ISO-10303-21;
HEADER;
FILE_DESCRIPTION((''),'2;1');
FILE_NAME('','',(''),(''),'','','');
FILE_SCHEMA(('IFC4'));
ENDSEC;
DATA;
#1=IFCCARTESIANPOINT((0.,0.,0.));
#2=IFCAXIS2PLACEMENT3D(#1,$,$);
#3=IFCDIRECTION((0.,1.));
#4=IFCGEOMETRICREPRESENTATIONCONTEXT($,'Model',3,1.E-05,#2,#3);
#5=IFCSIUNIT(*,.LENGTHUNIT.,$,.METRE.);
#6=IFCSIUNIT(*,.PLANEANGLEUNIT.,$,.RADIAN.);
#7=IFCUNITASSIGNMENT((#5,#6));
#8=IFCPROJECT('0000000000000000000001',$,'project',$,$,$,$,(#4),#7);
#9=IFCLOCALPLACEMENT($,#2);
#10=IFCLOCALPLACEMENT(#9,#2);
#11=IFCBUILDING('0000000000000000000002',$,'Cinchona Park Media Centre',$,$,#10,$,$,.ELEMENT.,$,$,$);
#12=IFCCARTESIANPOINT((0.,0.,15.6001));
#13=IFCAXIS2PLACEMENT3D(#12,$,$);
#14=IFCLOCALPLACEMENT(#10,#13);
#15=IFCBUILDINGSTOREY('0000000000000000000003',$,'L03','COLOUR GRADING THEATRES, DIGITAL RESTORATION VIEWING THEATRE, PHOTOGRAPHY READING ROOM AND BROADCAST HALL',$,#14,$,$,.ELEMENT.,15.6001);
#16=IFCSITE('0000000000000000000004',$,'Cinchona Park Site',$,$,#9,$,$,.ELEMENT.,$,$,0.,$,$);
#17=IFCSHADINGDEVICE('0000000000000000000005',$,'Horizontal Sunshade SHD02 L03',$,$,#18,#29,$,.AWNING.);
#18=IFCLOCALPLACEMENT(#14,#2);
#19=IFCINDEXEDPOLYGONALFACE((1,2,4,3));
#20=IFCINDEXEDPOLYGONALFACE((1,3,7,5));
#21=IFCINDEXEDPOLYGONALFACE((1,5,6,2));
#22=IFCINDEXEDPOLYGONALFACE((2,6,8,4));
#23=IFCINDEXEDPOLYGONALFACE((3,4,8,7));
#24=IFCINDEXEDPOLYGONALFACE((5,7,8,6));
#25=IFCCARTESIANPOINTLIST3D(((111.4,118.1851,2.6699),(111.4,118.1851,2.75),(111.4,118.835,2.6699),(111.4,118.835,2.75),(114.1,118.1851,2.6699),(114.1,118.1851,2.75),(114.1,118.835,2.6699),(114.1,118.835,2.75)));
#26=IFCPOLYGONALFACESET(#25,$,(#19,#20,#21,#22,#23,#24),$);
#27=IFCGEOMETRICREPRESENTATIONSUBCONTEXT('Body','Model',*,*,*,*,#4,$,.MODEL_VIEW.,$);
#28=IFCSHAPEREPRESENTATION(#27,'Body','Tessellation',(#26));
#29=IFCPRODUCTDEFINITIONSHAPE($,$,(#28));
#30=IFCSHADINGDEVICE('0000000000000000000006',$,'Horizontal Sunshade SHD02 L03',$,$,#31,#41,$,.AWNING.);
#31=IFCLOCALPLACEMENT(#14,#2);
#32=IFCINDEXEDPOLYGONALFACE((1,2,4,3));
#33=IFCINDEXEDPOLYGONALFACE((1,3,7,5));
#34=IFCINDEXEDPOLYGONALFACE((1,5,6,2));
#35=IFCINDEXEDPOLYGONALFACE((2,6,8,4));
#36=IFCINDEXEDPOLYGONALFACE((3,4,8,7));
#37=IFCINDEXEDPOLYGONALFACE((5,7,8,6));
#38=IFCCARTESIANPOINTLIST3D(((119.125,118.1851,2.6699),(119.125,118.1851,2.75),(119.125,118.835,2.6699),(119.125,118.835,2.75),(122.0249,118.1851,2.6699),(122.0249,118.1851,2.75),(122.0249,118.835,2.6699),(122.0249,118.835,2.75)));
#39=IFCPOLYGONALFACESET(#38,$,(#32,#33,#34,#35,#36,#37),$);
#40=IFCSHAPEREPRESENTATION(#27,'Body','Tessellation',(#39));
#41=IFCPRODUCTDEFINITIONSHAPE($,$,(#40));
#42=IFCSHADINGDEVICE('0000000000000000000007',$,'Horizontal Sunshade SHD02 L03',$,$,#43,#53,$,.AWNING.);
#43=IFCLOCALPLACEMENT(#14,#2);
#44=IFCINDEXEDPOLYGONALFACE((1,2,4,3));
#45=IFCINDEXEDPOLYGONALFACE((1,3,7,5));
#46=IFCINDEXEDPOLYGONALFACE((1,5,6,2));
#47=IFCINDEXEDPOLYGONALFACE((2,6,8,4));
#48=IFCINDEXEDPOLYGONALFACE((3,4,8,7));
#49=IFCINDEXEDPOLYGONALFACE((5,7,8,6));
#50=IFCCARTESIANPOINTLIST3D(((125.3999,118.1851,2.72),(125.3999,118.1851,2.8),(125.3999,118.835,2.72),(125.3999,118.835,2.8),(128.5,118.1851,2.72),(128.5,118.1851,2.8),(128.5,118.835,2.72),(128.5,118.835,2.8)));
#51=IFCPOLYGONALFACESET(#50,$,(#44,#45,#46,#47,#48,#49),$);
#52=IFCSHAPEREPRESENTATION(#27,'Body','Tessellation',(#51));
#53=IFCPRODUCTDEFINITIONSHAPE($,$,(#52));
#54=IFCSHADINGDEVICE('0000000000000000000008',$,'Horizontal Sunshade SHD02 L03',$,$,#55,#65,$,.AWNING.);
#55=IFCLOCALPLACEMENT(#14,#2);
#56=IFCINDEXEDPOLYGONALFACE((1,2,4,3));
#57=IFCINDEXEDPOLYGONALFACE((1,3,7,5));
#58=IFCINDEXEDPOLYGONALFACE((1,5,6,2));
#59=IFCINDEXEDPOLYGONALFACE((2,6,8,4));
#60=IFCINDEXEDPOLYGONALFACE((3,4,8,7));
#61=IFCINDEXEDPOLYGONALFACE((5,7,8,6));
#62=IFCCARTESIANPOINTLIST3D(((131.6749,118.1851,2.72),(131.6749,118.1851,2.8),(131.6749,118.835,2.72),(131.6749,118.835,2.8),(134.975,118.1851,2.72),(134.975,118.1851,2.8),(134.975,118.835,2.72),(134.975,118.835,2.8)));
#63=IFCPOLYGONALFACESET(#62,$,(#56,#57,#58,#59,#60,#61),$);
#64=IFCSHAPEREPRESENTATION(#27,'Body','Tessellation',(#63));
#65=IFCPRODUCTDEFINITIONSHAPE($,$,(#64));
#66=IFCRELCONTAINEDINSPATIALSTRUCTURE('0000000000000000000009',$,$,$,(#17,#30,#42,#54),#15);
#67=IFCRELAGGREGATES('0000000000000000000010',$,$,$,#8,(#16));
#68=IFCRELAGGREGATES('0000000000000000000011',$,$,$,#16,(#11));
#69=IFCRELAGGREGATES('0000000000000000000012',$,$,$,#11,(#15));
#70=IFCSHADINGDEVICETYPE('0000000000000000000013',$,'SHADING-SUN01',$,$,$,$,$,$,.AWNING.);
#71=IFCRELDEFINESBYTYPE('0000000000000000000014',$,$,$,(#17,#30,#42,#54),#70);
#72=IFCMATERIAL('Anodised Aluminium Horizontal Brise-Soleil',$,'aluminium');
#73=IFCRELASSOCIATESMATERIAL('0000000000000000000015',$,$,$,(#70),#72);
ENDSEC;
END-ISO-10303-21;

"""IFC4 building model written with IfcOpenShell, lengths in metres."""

from ifc_helpers import new_model, si_unit, direction, frame, origin, origin_2d, place, context, subcontext, project, spatial, rectangle, extrude, material, type_object, element, save


model = new_model("IFC4")

# Units and contexts
model_context = context("Model", 3, precision=1e-05, world=origin(), true_north=direction((0.0, 1.0)))
body_context = subcontext(model_context, "Body", "Model", "MODEL_VIEW")
ifc_project = project(units=[si_unit("LENGTHUNIT", "METRE"), si_unit("PLANEANGLEUNIT", "RADIAN")], contexts=[model_context])

# Site, building, storey
site_placement = place(None, origin())
site = spatial("IfcSite", under=ifc_project, at=site_placement, Name="Cinchona Park Site", CompositionType="ELEMENT", RefElevation=0.0)
building_placement = place(site_placement, origin())
building = spatial("IfcBuilding", under=site, at=building_placement, Name="Cinchona Park Media Centre", CompositionType="ELEMENT")
storey_placement = place(building_placement, frame((0.0, 0.0, 15.6001)))
storey = spatial("IfcBuildingStorey", under=building, at=storey_placement, Name="L03", Description="COLOUR GRADING THEATRES, DIGITAL RESTORATION VIEWING THEATRE, PHOTOGRAPHY READING ROOM AND BROADCAST HALL", CompositionType="ELEMENT", Elevation=15.6001)

# Shading devices
ifc_material_1 = material(Name="Anodised Aluminium Horizontal Brise-Soleil", Category="aluminium")
shading_device_type = type_object("IfcShadingDeviceType", Name="SHADING-SUN01", PredefinedType="AWNING", material=ifc_material_1)
shading_device_1_placement = place(storey_placement, frame((112.75, 118.51, 2.6699), z_axis=(0.0, 0.0, 1.0), x_axis=(1.0, 0.0, 0.0)))
element("IfcShadingDevice", 1, at=shading_device_1_placement, inside=storey, type_object=shading_device_type, Name="Horizontal Sunshade SHD02 L03", PredefinedType="AWNING", context=body_context, shape_type="SweptSolid", body=[
    extrude(rectangle(XDim=2.7, YDim=0.6499, at=origin_2d()), origin(), (0.0, 0.0, 1.0), 0.0801),
])
shading_device_2_placement = place(storey_placement, frame((120.575, 118.51, 2.6699), z_axis=(0.0, 0.0, 1.0), x_axis=(1.0, 0.0, 0.0)))
element("IfcShadingDevice", 2, at=shading_device_2_placement, inside=storey, type_object=shading_device_type, Name="Horizontal Sunshade SHD02 L03", PredefinedType="AWNING", context=body_context, shape_type="SweptSolid", body=[
    extrude(rectangle(XDim=2.8999, YDim=0.6499, at=origin_2d()), origin(), (0.0, 0.0, 1.0), 0.0801),
])
shading_device_3_placement = place(storey_placement, frame((126.95, 118.51, 2.72), z_axis=(0.0, 0.0, 1.0), x_axis=(1.0, 0.0, 0.0)))
element("IfcShadingDevice", 3, at=shading_device_3_placement, inside=storey, type_object=shading_device_type, Name="Horizontal Sunshade SHD02 L03", PredefinedType="AWNING", context=body_context, shape_type="SweptSolid", body=[
    extrude(rectangle(XDim=3.1001, YDim=0.6499, at=origin_2d()), origin(), (0.0, 0.0, 1.0), 0.0801),
])
shading_device_4_placement = place(storey_placement, frame((133.325, 118.51, 2.72), z_axis=(0.0, 0.0, 1.0), x_axis=(1.0, 0.0, 0.0)))
element("IfcShadingDevice", 4, at=shading_device_4_placement, inside=storey, type_object=shading_device_type, Name="Horizontal Sunshade SHD02 L03", PredefinedType="AWNING", context=body_context, shape_type="SweptSolid", body=[
    extrude(rectangle(XDim=3.3, YDim=0.6499, at=origin_2d()), origin(), (0.0, 0.0, 1.0), 0.0801),
])

save(model, "model.ifc")
